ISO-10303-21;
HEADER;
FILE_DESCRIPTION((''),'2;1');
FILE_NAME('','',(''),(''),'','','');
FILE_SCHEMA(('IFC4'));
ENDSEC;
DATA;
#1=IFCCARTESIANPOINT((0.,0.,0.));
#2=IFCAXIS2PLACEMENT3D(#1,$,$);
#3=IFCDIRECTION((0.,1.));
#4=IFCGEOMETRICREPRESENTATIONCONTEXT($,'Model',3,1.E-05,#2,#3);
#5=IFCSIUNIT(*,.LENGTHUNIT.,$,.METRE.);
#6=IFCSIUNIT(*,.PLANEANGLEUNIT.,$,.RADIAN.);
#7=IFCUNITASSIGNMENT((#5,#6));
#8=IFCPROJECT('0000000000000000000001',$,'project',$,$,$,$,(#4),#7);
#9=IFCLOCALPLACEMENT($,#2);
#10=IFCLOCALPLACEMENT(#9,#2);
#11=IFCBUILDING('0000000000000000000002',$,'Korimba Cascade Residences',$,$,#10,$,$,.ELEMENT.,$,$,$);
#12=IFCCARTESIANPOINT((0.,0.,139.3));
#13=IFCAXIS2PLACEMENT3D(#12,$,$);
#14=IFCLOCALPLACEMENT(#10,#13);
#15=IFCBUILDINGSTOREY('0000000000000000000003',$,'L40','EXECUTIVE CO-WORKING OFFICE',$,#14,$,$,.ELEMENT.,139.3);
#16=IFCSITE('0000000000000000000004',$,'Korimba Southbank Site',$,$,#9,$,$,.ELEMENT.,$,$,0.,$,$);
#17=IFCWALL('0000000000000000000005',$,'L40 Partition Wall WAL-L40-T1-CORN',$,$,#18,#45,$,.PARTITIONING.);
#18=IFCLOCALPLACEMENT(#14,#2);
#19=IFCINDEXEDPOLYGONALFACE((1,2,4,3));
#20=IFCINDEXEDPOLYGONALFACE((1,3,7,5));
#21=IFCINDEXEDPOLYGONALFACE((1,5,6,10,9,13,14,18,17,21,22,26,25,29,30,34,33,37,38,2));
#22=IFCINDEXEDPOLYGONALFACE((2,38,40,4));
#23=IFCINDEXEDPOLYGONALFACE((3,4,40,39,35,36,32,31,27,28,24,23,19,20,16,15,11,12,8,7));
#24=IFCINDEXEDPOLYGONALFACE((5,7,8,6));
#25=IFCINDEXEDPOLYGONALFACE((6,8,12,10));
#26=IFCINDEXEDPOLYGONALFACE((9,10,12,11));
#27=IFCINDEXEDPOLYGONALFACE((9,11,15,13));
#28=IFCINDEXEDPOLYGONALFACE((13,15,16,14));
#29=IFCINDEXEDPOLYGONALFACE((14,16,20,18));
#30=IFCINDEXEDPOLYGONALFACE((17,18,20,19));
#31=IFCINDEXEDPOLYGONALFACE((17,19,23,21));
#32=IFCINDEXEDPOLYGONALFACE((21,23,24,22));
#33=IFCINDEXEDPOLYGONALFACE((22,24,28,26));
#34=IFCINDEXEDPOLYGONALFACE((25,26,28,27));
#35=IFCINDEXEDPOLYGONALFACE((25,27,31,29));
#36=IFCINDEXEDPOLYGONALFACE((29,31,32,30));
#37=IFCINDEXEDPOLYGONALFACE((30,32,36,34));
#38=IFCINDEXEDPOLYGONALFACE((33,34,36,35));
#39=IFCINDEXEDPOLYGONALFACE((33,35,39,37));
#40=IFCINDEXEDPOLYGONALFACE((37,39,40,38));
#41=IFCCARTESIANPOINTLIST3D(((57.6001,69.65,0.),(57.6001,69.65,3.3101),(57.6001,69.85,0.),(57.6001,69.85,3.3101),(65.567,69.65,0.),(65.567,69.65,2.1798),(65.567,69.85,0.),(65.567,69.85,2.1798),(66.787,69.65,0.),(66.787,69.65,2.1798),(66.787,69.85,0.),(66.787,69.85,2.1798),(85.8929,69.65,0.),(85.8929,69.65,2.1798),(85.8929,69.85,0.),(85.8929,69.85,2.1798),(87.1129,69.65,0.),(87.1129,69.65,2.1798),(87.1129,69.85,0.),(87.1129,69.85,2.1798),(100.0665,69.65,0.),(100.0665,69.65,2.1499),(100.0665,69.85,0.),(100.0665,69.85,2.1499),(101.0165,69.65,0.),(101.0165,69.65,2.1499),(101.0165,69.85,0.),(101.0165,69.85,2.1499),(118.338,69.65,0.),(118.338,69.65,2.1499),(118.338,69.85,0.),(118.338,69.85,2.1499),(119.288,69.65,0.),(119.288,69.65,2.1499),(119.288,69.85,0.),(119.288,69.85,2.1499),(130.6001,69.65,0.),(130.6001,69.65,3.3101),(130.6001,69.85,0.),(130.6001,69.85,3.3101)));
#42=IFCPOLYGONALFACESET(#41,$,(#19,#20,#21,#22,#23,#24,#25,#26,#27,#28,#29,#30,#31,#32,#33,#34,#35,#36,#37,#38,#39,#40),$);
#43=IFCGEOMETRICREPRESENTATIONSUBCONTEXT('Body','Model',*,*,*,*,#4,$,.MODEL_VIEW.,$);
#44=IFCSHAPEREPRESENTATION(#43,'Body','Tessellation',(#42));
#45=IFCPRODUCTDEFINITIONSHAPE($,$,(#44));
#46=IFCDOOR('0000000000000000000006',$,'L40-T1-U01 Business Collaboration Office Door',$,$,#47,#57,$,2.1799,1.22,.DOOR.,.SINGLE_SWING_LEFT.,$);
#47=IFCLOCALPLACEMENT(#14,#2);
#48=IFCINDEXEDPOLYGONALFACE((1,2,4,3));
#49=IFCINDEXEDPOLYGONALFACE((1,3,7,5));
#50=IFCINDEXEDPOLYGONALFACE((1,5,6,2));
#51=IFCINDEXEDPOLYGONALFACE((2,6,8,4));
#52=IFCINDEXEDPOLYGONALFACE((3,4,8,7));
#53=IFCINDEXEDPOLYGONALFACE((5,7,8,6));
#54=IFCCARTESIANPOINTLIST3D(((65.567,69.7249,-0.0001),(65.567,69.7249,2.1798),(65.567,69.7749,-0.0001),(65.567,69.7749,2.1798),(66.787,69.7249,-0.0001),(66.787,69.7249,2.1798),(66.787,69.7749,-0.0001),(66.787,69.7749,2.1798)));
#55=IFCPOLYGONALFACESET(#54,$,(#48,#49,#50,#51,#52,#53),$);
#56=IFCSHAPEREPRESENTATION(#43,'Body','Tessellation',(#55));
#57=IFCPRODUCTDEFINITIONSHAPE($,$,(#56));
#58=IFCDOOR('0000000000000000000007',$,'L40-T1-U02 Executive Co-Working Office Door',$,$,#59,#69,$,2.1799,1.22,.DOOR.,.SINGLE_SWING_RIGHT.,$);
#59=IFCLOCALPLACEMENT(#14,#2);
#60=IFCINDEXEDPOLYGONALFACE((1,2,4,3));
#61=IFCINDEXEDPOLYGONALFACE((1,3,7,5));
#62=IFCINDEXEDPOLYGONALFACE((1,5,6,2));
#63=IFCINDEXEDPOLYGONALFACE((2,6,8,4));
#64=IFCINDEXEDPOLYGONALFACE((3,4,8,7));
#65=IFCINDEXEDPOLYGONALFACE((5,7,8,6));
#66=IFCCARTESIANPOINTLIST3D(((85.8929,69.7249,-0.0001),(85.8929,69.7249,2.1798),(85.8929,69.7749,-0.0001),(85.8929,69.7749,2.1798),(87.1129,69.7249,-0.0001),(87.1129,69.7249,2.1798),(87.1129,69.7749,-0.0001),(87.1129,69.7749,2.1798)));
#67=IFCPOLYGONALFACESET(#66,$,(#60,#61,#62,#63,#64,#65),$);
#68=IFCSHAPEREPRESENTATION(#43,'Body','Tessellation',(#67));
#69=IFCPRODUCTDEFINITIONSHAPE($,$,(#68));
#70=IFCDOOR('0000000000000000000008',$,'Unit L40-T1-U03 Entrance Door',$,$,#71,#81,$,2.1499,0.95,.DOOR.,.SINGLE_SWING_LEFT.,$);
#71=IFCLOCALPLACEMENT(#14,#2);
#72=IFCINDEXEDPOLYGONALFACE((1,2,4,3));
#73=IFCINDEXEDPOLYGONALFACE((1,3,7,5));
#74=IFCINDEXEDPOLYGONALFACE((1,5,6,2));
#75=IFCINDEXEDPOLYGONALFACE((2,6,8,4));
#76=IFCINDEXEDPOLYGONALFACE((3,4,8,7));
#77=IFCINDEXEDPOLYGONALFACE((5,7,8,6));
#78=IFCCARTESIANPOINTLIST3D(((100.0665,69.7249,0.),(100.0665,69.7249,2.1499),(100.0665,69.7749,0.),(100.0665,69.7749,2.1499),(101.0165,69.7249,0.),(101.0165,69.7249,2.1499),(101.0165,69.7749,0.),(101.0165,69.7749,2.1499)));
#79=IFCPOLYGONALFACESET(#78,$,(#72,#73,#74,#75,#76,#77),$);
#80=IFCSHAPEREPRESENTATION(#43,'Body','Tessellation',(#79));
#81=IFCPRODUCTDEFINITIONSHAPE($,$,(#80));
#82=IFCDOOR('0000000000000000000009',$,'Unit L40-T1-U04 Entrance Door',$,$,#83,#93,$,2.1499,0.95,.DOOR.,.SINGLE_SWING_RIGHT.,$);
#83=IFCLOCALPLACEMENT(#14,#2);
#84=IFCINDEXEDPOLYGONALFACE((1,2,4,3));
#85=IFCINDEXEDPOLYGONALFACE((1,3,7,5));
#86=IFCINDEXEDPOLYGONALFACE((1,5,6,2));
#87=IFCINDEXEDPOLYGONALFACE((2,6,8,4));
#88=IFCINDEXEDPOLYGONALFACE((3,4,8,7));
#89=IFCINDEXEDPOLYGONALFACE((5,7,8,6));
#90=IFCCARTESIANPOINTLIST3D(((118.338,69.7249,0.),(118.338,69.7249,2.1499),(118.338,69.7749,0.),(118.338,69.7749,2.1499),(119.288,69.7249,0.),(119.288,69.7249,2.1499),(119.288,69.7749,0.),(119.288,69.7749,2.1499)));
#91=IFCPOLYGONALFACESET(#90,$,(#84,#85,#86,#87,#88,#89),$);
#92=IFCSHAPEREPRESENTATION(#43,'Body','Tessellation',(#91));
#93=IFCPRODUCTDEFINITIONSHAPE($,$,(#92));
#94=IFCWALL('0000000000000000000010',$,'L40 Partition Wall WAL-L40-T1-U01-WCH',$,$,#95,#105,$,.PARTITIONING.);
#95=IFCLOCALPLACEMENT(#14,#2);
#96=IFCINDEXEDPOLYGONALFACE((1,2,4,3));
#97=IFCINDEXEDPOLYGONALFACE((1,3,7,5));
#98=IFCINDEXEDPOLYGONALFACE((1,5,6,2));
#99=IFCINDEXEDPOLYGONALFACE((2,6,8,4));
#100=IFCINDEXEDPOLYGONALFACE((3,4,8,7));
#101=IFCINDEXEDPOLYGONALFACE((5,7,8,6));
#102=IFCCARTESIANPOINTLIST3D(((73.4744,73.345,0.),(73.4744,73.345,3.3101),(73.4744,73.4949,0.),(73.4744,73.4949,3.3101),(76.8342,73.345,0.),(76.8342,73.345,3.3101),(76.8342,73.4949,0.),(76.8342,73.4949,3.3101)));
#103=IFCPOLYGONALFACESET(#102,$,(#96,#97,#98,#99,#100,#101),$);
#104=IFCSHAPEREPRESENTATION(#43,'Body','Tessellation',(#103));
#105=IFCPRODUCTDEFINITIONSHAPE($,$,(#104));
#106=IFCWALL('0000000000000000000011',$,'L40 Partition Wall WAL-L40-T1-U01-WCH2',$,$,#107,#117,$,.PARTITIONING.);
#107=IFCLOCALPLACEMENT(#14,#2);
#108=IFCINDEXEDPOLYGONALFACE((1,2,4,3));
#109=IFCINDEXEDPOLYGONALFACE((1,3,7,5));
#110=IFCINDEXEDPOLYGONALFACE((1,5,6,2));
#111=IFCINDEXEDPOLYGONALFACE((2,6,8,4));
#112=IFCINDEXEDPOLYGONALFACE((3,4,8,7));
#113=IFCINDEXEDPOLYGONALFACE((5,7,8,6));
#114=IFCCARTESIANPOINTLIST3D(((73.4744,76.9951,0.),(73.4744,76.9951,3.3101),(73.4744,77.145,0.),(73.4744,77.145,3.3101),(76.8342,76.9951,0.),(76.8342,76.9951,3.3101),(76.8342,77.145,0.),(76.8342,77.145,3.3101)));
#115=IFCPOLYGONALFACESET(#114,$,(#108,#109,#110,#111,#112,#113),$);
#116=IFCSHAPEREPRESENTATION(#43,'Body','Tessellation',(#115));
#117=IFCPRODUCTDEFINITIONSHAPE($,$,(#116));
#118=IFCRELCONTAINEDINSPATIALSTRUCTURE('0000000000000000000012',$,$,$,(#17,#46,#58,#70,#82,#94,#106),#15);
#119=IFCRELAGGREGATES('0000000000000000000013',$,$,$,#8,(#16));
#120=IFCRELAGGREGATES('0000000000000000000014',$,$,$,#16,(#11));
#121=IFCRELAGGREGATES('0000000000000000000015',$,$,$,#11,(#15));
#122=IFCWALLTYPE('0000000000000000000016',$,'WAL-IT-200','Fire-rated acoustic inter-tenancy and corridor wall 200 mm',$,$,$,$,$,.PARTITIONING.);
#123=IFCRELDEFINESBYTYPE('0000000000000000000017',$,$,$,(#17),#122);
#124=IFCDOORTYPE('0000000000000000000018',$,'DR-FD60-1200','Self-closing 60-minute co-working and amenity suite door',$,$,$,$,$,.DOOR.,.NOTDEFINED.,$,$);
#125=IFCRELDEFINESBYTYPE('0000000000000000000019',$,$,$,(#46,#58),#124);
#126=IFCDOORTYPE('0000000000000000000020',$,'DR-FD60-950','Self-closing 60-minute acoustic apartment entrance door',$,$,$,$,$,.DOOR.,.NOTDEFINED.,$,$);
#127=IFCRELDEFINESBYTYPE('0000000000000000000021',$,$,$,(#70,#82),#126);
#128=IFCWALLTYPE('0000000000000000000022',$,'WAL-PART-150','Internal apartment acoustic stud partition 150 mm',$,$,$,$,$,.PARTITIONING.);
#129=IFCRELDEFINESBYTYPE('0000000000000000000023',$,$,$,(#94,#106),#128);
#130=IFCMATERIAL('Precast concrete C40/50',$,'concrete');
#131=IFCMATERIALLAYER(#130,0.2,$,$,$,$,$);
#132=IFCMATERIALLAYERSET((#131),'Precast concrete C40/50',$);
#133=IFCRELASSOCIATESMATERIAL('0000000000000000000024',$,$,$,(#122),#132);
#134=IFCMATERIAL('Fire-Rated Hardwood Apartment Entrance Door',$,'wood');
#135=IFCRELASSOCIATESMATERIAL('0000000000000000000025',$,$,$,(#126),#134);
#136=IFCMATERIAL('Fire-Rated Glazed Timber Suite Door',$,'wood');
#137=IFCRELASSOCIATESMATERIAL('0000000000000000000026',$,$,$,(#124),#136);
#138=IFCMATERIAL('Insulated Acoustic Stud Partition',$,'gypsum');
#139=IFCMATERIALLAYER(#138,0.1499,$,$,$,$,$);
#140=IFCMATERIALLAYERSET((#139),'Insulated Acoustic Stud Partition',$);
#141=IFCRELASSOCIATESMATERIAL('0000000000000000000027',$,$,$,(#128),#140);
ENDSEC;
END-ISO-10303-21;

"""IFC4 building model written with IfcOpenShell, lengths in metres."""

from ifc_helpers import new_model, si_unit, direction, frame, frame_2d, origin, place, context, subcontext, project, spatial, rectangle, extrude, material, layer, layer_set, type_object, element, fill, save


model = new_model("IFC4")

# Units and contexts
model_context = context("Model", 3, precision=1e-05, world=origin(), true_north=direction((0.0, 1.0)))
body_context = subcontext(model_context, "Body", "Model", "MODEL_VIEW")
ifc_project = project(units=[si_unit("LENGTHUNIT", "METRE"), si_unit("PLANEANGLEUNIT", "RADIAN")], contexts=[model_context])

# Site, building, storey
site_placement = place(None, origin())
site = spatial("IfcSite", under=ifc_project, at=site_placement, Name="Korimba Southbank Site", CompositionType="ELEMENT", RefElevation=0.0)
building_placement = place(site_placement, origin())
building = spatial("IfcBuilding", under=site, at=building_placement, Name="Korimba Cascade Residences", CompositionType="ELEMENT")
storey_placement = place(building_placement, frame((0.0, 0.0, 139.3)))
storey = spatial("IfcBuildingStorey", under=building, at=storey_placement, Name="L40", Description="EXECUTIVE CO-WORKING OFFICE", CompositionType="ELEMENT", Elevation=139.3)

# Shared definitions
ifc_material_1 = material(Name="Precast concrete C40/50", Category="concrete")
ifc_layer_1 = layer(ifc_material_1, 0.2)
ifc_layer_set_1 = layer_set([ifc_layer_1], Name="Precast concrete C40/50")
wall_type_1 = type_object("IfcWallType", Name="WAL-IT-200", Description="Fire-rated acoustic inter-tenancy and corridor wall 200 mm", PredefinedType="PARTITIONING", material=ifc_layer_set_1)
ifc_material_2 = material(Name="Fire-Rated Hardwood Apartment Entrance Door", Category="wood")
door_type_1 = type_object("IfcDoorType", Name="DR-FD60-950", Description="Self-closing 60-minute acoustic apartment entrance door", OperationType="NOTDEFINED", PredefinedType="DOOR", material=ifc_material_2)

# Wall, openings, doors
wall_1_placement = place(storey_placement, frame((57.6001, 69.75, 0.0), z_axis=(0.0, 0.0, 1.0), x_axis=(1.0, 0.0, 0.0)))
wall_1 = element("IfcWall", 1, at=wall_1_placement, inside=storey, type_object=wall_type_1, Name="L40 Partition Wall WAL-L40-T1-CORN", PredefinedType="PARTITIONING", context=body_context, shape_type="SweptSolid", body=[
    extrude(rectangle(XDim=73.0, YDim=0.2, at=frame_2d((36.5, 0.0))), origin(), (0.0, 0.0, 1.0), 3.3101),
])
opening_1_placement = place(wall_1_placement, frame((7.967, 0.0, 0.0)))
opening_1 = element("IfcOpeningElement", 2, at=opening_1_placement, cuts=wall_1, PredefinedType="OPENING", context=body_context, shape_type="SweptSolid", body=[
    extrude(rectangle(XDim=1.22, YDim=2.1799, at=frame_2d((0.6099, 1.0898))), frame((0.0, 0.1099, 0.0), z_axis=(0.0, -1.0, 0.0), x_axis=(1.0, 0.0, 0.0)), (0.0, 0.0, 1.0), 0.22),
])
opening_2_placement = place(wall_1_placement, frame((28.293, 0.0, 0.0)))
opening_2 = element("IfcOpeningElement", 3, at=opening_2_placement, cuts=wall_1, PredefinedType="OPENING", context=body_context, shape_type="SweptSolid", body=[
    extrude(rectangle(XDim=1.22, YDim=2.1799, at=frame_2d((0.6099, 1.0898))), frame((0.0, 0.1099, 0.0), z_axis=(0.0, -1.0, 0.0), x_axis=(1.0, 0.0, 0.0)), (0.0, 0.0, 1.0), 0.22),
])
opening_3_placement = place(wall_1_placement, frame((42.4663, 0.0, 0.0)))
opening_3 = element("IfcOpeningElement", 4, at=opening_3_placement, cuts=wall_1, PredefinedType="OPENING", context=body_context, shape_type="SweptSolid", body=[
    extrude(rectangle(XDim=0.95, YDim=2.1499, at=frame_2d((0.4751, 1.075))), frame((0.0, 0.1099, 0.0), z_axis=(0.0, -1.0, 0.0), x_axis=(1.0, 0.0, 0.0)), (0.0, 0.0, 1.0), 0.22),
])
opening_4_placement = place(wall_1_placement, frame((60.7378, 0.0, 0.0)))
opening_4 = element("IfcOpeningElement", 5, at=opening_4_placement, cuts=wall_1, PredefinedType="OPENING", context=body_context, shape_type="SweptSolid", body=[
    extrude(rectangle(XDim=0.95, YDim=2.1499, at=frame_2d((0.4751, 1.075))), frame((0.0, 0.1099, 0.0), z_axis=(0.0, -1.0, 0.0), x_axis=(1.0, 0.0, 0.0)), (0.0, 0.0, 1.0), 0.22),
])
ifc_material_3 = material(Name="Fire-Rated Glazed Timber Suite Door", Category="wood")
door_type_2 = type_object("IfcDoorType", Name="DR-FD60-1200", Description="Self-closing 60-minute co-working and amenity suite door", OperationType="NOTDEFINED", PredefinedType="DOOR", material=ifc_material_3)
door_1_placement = place(opening_1_placement, origin())
door_1 = element("IfcDoor", 6, at=door_1_placement, inside=storey, type_object=door_type_2, Name="L40-T1-U01 Business Collaboration Office Door", OperationType="SINGLE_SWING_LEFT", OverallHeight=2.1799, OverallWidth=1.22, PredefinedType="DOOR", context=body_context, shape_type="SweptSolid", body=[
    extrude(rectangle(XDim=1.22, YDim=2.1799, at=frame_2d((0.6099, 1.0898))), frame((0.0, 0.0249, 0.0), z_axis=(0.0, -1.0, 0.0), x_axis=(1.0, 0.0, 0.0)), (0.0, 0.0, 1.0), 0.05),
])
fill(opening_1, door_1)
door_2_placement = place(opening_2_placement, origin())
door_2 = element("IfcDoor", 7, at=door_2_placement, inside=storey, type_object=door_type_2, Name="L40-T1-U02 Executive Co-Working Office Door", OperationType="SINGLE_SWING_RIGHT", OverallHeight=2.1799, OverallWidth=1.22, PredefinedType="DOOR", context=body_context, shape_type="SweptSolid", body=[
    extrude(rectangle(XDim=1.22, YDim=2.1799, at=frame_2d((0.6099, 1.0898))), frame((0.0, 0.0249, 0.0), z_axis=(0.0, -1.0, 0.0), x_axis=(1.0, 0.0, 0.0)), (0.0, 0.0, 1.0), 0.05),
])
fill(opening_2, door_2)
door_3_placement = place(opening_3_placement, origin())
door_3 = element("IfcDoor", 8, at=door_3_placement, inside=storey, type_object=door_type_1, Name="Unit L40-T1-U03 Entrance Door", OperationType="SINGLE_SWING_LEFT", OverallHeight=2.1499, OverallWidth=0.95, PredefinedType="DOOR", context=body_context, shape_type="SweptSolid", body=[
    extrude(rectangle(XDim=0.95, YDim=2.1499, at=frame_2d((0.4751, 1.075))), frame((0.0, 0.0249, 0.0), z_axis=(0.0, -1.0, 0.0), x_axis=(1.0, 0.0, 0.0)), (0.0, 0.0, 1.0), 0.05),
])
fill(opening_3, door_3)
door_4_placement = place(opening_4_placement, origin())
door_4 = element("IfcDoor", 9, at=door_4_placement, inside=storey, type_object=door_type_1, Name="Unit L40-T1-U04 Entrance Door", OperationType="SINGLE_SWING_RIGHT", OverallHeight=2.1499, OverallWidth=0.95, PredefinedType="DOOR", context=body_context, shape_type="SweptSolid", body=[
    extrude(rectangle(XDim=0.95, YDim=2.1499, at=frame_2d((0.4751, 1.075))), frame((0.0, 0.0249, 0.0), z_axis=(0.0, -1.0, 0.0), x_axis=(1.0, 0.0, 0.0)), (0.0, 0.0, 1.0), 0.05),
])
fill(opening_4, door_4)

# Walls
ifc_material_4 = material(Name="Insulated Acoustic Stud Partition", Category="gypsum")
ifc_layer_2 = layer(ifc_material_4, 0.1499)
ifc_layer_set_2 = layer_set([ifc_layer_2], Name="Insulated Acoustic Stud Partition")
wall_type_2 = type_object("IfcWallType", Name="WAL-PART-150", Description="Internal apartment acoustic stud partition 150 mm", PredefinedType="PARTITIONING", material=ifc_layer_set_2)
for number, where, z_axis, x_axis, name in (
    (10, (73.4744, 73.4199, 0.0), (0.0, 0.0, 1.0), (1.0, 0.0, 0.0), "L40 Partition Wall WAL-L40-T1-U01-WCH"),
    (11, (73.4744, 77.0701, 0.0), (0.0, 0.0, 1.0), (1.0, 0.0, 0.0), "L40 Partition Wall WAL-L40-T1-U01-WCH2"),
):
    element("IfcWall", number, at=place(storey_placement, frame(where, z_axis=z_axis, x_axis=x_axis)), inside=storey, type_object=wall_type_2, Name=name, PredefinedType="PARTITIONING", context=body_context, shape_type="SweptSolid", body=[
        extrude(rectangle(XDim=3.3599, YDim=0.1499, at=frame_2d((1.6799, 0.0))), origin(), (0.0, 0.0, 1.0), 3.3101),
    ])

save(model, "model.ifc")
